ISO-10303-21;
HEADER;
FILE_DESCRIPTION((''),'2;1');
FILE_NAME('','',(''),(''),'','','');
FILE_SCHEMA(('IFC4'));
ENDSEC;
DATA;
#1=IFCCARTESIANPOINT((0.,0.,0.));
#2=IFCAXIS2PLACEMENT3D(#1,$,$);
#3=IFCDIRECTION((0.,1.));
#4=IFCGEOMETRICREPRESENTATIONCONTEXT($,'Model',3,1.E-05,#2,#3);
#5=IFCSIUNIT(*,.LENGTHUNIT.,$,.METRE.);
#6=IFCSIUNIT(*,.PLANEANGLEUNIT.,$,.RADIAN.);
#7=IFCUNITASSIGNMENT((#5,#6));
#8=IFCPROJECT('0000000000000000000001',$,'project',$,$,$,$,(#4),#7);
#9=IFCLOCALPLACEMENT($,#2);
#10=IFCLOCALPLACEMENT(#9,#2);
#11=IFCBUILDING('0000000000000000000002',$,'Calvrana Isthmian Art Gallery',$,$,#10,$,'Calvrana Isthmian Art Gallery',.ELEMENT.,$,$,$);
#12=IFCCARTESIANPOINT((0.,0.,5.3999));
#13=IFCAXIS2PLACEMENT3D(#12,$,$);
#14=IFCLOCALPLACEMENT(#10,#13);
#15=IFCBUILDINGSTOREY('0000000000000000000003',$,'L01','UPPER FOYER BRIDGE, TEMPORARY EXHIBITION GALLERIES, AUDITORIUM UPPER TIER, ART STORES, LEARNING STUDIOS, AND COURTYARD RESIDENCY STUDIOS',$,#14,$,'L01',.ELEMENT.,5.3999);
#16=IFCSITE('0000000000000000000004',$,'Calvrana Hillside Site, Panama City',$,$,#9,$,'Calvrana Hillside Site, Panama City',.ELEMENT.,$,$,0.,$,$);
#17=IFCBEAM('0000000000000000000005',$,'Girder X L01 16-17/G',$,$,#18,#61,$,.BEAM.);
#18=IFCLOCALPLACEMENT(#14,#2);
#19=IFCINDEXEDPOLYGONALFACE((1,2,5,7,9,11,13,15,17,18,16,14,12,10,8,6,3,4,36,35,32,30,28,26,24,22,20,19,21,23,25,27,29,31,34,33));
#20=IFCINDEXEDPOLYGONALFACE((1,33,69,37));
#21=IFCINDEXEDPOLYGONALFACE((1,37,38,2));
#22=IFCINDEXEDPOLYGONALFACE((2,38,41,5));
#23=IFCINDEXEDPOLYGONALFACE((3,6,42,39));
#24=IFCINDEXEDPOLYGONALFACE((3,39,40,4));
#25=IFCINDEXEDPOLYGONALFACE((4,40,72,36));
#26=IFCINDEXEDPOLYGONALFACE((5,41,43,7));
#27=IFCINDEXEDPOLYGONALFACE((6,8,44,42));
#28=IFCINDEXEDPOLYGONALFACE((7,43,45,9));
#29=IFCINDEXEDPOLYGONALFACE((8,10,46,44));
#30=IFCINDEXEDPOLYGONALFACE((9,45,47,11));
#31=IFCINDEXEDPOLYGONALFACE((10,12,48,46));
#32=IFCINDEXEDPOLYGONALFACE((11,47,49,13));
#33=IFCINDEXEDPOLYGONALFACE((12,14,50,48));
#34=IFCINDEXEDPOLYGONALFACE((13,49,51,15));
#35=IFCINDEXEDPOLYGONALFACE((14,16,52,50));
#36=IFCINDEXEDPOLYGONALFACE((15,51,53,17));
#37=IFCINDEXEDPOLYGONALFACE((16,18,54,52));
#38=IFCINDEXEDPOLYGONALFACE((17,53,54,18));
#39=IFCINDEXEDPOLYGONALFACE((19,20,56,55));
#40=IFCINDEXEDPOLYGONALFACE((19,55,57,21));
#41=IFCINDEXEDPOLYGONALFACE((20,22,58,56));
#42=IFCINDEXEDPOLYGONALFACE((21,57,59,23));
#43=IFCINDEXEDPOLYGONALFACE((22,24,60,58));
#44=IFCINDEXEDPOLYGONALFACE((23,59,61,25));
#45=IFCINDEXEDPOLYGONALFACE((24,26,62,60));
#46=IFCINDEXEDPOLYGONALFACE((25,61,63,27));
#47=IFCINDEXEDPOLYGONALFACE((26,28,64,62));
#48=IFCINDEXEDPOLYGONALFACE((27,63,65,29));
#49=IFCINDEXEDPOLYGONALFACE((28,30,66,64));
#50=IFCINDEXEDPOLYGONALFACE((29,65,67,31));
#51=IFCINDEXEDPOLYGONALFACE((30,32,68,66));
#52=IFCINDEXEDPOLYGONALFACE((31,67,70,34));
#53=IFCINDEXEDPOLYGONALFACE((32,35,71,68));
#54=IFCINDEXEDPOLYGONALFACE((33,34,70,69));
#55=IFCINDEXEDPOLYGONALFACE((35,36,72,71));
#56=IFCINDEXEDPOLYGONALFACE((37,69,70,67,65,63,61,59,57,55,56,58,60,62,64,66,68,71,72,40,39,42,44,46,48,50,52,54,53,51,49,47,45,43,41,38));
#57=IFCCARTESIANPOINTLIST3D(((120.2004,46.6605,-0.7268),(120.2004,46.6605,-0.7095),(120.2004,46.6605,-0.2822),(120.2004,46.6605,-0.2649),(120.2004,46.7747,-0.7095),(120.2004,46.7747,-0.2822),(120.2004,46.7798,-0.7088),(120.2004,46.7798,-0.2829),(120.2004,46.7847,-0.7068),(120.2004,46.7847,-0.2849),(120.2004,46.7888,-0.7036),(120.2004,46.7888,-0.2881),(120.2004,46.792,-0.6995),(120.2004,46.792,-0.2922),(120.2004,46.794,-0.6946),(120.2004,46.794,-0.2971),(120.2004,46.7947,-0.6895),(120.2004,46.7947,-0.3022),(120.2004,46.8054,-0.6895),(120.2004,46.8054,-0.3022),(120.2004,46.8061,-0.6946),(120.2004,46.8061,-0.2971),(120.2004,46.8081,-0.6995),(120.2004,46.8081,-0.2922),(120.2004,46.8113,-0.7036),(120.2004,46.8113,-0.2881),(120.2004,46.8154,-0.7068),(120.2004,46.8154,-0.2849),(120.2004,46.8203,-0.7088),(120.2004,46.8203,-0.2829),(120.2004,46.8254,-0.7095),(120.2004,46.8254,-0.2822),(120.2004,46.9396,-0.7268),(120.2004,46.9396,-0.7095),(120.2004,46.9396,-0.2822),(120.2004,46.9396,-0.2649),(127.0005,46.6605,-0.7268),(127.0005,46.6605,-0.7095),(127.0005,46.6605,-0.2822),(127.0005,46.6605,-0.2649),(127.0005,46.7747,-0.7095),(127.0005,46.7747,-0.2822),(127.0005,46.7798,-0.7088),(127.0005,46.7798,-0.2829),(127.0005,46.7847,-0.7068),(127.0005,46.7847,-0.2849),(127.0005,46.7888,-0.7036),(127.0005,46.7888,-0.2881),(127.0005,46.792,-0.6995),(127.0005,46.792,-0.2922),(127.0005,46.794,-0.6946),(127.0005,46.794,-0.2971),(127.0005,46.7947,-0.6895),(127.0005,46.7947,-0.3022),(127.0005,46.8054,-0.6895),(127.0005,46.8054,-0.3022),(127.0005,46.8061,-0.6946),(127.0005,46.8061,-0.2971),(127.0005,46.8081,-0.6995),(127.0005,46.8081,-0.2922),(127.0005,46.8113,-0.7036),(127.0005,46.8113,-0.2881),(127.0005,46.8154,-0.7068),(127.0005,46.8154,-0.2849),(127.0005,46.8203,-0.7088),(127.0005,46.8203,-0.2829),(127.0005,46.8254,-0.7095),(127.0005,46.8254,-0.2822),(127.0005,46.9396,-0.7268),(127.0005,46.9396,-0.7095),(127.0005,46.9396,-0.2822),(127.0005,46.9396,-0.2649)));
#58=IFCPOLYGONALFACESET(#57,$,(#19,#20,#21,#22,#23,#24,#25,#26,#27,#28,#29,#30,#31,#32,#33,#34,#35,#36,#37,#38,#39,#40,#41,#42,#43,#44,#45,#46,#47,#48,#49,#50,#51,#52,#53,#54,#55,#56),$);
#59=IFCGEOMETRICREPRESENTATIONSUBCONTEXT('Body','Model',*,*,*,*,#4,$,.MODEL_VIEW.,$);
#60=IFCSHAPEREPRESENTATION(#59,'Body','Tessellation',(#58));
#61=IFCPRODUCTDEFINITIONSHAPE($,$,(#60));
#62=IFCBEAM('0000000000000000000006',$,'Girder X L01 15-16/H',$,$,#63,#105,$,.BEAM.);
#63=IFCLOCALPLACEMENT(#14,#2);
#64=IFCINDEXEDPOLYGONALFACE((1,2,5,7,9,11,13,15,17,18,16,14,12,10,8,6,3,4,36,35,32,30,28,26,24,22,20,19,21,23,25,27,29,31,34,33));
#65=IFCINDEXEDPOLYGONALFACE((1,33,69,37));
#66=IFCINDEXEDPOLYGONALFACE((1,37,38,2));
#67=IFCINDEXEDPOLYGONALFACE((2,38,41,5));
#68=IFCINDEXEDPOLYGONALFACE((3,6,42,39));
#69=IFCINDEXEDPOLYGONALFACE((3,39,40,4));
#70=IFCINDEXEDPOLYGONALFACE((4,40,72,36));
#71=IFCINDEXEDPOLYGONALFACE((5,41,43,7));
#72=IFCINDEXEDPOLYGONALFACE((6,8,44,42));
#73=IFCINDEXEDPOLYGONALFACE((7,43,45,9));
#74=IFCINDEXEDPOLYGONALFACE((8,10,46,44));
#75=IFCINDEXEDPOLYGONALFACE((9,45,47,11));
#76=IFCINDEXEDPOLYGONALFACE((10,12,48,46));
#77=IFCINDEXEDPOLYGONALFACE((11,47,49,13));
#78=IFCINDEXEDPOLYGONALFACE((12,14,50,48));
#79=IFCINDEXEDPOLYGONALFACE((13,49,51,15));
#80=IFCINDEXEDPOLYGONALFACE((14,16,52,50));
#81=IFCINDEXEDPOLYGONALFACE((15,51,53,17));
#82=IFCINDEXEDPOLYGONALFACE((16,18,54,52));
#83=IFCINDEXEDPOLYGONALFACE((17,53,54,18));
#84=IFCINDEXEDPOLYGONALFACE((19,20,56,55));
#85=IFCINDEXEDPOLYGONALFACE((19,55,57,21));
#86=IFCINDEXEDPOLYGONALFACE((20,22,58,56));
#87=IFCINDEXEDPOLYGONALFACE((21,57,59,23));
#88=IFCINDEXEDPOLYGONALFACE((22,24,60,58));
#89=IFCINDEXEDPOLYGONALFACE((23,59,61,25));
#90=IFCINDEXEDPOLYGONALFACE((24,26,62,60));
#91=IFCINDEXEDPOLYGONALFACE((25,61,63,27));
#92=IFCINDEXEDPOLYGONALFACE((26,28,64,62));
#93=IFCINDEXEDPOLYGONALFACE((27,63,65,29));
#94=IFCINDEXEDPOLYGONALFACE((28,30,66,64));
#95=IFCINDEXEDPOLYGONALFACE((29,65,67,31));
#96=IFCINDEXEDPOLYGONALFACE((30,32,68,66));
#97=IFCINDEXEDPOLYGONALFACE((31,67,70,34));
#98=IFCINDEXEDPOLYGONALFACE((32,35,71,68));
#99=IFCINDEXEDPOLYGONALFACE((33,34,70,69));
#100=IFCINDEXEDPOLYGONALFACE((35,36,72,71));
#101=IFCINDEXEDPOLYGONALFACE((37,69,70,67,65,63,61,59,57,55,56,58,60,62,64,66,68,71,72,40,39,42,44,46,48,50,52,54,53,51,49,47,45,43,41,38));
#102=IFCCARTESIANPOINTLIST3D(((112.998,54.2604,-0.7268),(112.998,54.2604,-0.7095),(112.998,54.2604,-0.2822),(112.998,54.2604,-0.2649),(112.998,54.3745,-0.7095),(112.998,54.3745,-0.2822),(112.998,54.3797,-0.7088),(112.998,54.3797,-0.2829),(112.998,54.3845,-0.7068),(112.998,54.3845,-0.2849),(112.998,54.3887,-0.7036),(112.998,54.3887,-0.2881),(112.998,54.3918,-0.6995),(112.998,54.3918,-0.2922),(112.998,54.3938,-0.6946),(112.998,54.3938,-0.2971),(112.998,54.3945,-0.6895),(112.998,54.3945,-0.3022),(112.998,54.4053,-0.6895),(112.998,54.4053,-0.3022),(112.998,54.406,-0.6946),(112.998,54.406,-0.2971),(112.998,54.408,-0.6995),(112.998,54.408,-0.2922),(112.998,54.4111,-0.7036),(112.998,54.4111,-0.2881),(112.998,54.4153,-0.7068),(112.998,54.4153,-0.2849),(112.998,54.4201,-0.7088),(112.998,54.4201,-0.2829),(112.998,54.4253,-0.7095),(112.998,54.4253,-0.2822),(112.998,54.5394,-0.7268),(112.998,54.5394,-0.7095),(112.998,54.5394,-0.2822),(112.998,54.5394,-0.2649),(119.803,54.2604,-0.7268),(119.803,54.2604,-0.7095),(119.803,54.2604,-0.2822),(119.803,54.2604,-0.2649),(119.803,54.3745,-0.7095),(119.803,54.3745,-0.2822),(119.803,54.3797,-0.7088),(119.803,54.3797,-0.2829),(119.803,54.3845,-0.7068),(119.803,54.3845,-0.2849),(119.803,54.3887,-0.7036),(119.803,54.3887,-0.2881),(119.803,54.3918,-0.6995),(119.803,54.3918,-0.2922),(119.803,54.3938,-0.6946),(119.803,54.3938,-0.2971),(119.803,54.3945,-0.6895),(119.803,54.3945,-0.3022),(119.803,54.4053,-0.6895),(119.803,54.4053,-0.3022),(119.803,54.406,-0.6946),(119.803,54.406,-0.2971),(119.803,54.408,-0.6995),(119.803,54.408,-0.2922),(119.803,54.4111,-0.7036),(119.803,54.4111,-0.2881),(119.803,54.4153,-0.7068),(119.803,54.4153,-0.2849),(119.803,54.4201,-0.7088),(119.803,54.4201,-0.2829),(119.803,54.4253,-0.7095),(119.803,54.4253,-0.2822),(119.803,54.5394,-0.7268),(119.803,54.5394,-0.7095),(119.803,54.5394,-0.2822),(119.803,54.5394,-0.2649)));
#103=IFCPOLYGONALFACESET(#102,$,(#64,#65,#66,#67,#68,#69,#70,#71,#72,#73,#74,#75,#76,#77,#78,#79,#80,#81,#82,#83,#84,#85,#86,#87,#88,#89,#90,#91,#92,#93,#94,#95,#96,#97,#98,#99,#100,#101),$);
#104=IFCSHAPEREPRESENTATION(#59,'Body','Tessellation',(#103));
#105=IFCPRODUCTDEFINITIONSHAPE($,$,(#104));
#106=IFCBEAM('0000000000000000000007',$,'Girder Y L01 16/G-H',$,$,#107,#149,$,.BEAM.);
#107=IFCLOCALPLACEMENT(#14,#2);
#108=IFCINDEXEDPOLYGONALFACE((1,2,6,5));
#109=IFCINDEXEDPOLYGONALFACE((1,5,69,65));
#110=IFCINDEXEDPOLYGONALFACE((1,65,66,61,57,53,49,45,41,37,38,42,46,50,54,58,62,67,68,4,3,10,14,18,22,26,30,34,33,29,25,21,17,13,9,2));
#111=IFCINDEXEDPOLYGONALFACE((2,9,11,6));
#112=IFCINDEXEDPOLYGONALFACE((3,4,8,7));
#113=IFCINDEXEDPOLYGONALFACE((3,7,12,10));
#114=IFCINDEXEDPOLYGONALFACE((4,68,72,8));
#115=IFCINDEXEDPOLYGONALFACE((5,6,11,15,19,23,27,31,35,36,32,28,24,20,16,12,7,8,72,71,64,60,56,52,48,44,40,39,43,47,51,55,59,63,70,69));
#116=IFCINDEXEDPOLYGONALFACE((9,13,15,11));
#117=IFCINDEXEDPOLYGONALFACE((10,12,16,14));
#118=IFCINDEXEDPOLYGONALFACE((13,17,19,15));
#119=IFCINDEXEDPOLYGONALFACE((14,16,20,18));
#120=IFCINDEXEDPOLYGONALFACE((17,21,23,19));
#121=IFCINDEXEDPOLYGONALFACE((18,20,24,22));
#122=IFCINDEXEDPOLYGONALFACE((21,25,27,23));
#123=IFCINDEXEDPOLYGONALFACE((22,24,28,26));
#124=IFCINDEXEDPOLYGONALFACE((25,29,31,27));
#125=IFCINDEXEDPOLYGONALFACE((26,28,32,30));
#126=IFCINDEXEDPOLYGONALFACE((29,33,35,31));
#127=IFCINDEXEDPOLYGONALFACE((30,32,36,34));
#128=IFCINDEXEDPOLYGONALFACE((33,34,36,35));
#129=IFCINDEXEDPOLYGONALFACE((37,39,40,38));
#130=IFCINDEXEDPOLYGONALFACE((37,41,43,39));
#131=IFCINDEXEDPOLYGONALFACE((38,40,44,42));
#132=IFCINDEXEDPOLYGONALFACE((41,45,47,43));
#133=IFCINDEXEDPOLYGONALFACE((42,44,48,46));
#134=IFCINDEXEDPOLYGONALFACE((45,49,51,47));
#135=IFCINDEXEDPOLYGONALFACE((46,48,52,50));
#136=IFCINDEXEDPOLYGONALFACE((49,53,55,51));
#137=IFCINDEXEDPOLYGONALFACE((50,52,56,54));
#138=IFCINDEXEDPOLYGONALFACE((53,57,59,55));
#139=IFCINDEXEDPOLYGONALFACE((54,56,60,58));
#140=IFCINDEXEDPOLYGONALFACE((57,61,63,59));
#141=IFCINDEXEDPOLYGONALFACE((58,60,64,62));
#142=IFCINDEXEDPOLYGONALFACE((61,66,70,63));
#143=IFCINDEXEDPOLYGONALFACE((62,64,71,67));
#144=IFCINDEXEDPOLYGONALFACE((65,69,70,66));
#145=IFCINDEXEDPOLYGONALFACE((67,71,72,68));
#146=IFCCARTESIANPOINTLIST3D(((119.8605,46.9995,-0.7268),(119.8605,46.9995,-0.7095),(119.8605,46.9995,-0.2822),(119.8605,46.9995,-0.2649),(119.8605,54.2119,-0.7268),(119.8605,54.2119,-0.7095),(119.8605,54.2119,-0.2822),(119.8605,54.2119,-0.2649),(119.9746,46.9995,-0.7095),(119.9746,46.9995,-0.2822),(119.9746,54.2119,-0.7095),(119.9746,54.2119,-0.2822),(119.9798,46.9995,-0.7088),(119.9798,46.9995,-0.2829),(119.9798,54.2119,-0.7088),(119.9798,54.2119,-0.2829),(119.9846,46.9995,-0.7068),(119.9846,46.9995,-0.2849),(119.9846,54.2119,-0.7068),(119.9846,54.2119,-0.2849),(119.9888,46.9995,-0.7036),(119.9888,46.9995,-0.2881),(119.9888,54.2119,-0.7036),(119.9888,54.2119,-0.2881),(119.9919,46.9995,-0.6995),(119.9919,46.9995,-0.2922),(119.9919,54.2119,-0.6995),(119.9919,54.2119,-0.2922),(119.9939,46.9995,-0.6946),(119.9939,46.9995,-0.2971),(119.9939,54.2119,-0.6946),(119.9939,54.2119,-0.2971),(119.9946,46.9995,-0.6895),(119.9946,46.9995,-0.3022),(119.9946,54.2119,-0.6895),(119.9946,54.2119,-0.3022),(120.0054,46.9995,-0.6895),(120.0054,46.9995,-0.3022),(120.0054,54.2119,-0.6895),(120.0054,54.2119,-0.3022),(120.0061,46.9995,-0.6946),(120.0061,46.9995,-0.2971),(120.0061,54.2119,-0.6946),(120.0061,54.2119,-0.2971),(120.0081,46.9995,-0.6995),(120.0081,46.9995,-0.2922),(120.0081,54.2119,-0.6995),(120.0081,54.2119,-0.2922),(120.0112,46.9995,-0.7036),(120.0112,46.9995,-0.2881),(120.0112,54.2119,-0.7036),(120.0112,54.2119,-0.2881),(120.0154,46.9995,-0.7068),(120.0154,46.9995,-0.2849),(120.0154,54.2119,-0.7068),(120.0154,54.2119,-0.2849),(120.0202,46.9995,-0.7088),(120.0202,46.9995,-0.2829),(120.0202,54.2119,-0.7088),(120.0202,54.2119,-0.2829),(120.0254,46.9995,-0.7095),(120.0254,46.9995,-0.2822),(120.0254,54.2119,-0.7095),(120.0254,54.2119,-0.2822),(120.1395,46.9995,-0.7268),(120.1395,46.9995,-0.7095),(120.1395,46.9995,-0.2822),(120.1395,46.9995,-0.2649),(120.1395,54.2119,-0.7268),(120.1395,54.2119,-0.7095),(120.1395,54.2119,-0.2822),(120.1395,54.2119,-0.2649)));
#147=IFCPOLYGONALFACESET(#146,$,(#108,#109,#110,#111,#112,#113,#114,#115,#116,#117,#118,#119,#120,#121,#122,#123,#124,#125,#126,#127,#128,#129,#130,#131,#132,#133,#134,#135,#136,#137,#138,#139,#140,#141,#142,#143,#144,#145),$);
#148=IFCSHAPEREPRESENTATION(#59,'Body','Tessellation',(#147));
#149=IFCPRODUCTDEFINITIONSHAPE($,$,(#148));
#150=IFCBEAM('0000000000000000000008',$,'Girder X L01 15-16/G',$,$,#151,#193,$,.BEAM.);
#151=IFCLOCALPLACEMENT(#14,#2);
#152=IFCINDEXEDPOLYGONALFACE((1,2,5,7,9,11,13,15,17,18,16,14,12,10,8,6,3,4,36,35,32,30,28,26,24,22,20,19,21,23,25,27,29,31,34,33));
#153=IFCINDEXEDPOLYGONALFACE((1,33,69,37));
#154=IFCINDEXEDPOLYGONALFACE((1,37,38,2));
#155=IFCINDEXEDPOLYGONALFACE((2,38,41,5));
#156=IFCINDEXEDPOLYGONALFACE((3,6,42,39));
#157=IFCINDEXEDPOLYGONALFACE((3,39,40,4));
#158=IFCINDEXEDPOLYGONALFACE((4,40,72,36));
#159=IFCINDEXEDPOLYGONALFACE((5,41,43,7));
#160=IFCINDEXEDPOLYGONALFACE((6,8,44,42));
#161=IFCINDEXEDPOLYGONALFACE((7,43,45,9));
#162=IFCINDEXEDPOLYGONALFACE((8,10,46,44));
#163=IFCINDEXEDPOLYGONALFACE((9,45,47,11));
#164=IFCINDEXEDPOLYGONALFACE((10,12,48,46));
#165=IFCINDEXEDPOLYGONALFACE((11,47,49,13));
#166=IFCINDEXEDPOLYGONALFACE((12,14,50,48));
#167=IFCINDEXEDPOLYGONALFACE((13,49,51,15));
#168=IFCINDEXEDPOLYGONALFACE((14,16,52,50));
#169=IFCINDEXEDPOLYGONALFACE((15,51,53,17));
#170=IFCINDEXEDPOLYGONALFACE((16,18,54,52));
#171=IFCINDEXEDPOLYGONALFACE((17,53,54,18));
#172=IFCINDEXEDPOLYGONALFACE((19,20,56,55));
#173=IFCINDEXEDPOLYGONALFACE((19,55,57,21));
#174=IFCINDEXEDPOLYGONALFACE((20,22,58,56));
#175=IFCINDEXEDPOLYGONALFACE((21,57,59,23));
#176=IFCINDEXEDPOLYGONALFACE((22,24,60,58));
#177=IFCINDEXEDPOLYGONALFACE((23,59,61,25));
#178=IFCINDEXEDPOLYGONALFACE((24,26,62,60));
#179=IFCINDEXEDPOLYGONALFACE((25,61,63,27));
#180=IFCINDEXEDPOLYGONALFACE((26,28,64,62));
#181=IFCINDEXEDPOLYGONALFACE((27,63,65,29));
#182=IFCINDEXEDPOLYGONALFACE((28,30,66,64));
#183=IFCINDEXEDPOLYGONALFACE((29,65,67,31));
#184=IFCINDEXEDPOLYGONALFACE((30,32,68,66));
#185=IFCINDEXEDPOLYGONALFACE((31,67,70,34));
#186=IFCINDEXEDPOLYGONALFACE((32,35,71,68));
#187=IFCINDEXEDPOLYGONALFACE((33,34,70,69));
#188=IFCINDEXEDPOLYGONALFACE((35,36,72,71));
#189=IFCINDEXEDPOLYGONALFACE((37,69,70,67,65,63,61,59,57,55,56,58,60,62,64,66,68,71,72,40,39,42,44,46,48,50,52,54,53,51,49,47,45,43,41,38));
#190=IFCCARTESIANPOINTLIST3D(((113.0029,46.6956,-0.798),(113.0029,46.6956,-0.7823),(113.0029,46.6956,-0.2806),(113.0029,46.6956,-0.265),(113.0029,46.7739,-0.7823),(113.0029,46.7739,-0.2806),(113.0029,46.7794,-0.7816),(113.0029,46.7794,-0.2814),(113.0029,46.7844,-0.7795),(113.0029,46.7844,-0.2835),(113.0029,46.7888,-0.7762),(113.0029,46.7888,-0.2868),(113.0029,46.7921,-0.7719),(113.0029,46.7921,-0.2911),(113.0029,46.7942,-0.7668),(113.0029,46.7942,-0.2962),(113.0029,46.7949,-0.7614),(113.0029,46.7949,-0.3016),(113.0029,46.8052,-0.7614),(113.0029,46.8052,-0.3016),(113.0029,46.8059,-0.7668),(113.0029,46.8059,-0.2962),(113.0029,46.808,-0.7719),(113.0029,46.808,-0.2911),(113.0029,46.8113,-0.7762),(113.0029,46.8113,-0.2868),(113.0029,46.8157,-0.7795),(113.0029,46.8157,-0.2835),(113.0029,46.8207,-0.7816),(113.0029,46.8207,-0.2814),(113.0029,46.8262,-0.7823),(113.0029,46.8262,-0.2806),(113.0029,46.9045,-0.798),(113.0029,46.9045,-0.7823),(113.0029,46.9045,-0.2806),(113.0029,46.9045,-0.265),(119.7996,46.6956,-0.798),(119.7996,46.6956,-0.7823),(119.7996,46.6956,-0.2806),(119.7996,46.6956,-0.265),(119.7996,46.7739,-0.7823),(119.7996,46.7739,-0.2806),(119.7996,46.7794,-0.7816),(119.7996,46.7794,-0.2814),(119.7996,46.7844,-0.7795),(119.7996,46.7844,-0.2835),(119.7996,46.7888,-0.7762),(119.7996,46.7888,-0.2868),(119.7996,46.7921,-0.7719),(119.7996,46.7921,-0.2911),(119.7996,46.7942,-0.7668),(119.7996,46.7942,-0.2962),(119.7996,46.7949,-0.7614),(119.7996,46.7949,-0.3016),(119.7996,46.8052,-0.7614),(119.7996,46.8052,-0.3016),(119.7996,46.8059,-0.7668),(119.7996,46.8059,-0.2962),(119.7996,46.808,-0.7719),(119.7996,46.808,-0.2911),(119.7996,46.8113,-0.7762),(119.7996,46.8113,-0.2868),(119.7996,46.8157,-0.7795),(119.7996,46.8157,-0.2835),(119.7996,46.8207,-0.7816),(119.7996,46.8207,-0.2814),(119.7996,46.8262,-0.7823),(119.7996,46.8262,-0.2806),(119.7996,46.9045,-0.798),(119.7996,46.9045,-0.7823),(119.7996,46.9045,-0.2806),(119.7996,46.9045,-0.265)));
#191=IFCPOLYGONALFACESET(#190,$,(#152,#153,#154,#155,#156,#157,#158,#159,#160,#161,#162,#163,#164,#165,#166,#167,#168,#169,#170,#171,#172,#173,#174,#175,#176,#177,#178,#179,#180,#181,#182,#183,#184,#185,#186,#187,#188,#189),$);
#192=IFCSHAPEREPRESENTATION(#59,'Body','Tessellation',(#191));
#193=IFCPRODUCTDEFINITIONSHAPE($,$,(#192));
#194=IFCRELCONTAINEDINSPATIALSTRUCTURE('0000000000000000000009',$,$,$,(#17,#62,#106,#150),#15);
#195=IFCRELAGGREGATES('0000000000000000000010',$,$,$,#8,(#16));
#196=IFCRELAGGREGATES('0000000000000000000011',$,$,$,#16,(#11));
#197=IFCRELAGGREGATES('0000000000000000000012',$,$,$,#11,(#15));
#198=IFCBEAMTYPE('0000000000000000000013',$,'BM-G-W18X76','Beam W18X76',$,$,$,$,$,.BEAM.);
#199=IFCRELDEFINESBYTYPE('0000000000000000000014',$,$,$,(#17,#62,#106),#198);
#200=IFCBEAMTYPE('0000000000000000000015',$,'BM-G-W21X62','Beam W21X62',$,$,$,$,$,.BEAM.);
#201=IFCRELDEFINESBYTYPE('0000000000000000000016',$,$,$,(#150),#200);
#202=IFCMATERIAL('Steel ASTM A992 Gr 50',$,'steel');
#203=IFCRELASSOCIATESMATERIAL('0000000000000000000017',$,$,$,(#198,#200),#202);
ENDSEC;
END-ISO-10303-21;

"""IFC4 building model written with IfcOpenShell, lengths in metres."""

from ifc_helpers import new_model, si_unit, direction, frame, origin, origin_2d, place, context, subcontext, project, spatial, i_section, extrude, material, material_profile, profile_set, type_object, element, save


model = new_model("IFC4")

# Units and contexts
model_context = context("Model", 3, precision=1e-05, world=origin(), true_north=direction((0.0, 1.0)))
body_context = subcontext(model_context, "Body", "Model", "MODEL_VIEW")
ifc_project = project(units=[si_unit("LENGTHUNIT", "METRE"), si_unit("PLANEANGLEUNIT", "RADIAN")], contexts=[model_context])

# Site, building, storey
site_placement = place(None, origin())
site = spatial("IfcSite", under=ifc_project, at=site_placement, Name="Calvrana Hillside Site, Panama City", LongName="Calvrana Hillside Site, Panama City", CompositionType="ELEMENT", RefElevation=0.0)
building_placement = place(site_placement, origin())
building = spatial("IfcBuilding", under=site, at=building_placement, Name="Calvrana Isthmian Art Gallery", LongName="Calvrana Isthmian Art Gallery", CompositionType="ELEMENT")
storey_placement = place(building_placement, frame((0.0, 0.0, 5.3999)))
storey = spatial("IfcBuildingStorey", under=building, at=storey_placement, Name="L01", Description="UPPER FOYER BRIDGE, TEMPORARY EXHIBITION GALLERIES, AUDITORIUM UPPER TIER, ART STORES, LEARNING STUDIOS, AND COURTYARD RESIDENCY STUDIOS", LongName="L01", CompositionType="ELEMENT", Elevation=5.3999)

# Shared definitions
ifc_material_1 = material(Name="Steel ASTM A992 Gr 50", Category="steel")

# Beams
ifc_material_profile_1 = material_profile(ifc_material_1, i_section(OverallWidth=0.2791, OverallDepth=0.4619, WebThickness=0.0107, FlangeThickness=0.0173, FilletRadius=0.02, at=origin_2d()), Name="W18X76")
ifc_profile_set_1 = profile_set([ifc_material_profile_1], Name="Steel ASTM A992 Gr 50")
beam_type_1 = type_object("IfcBeamType", Name="BM-G-W18X76", Description="Beam W18X76", PredefinedType="BEAM", material=ifc_profile_set_1)
beam_1_placement = place(storey_placement, frame((120.2004, 46.8, -0.4958), z_axis=(1.0, 0.0, 0.0), x_axis=(0.0, 1.0, 0.0)))
element("IfcBeam", 1, at=beam_1_placement, inside=storey, type_object=beam_type_1, Name="Girder X L01 16-17/G", PredefinedType="BEAM", context=body_context, shape_type="SweptSolid", body=[
    extrude(i_section(OverallWidth=0.2791, OverallDepth=0.4619, WebThickness=0.0107, FlangeThickness=0.0173, FilletRadius=0.02, at=origin_2d()), origin(), (0.0, 0.0, 1.0), 6.8),
])
beam_2_placement = place(storey_placement, frame((112.998, 54.3999, -0.4958), z_axis=(1.0, 0.0, 0.0), x_axis=(0.0, 1.0, 0.0)))
element("IfcBeam", 2, at=beam_2_placement, inside=storey, type_object=beam_type_1, Name="Girder X L01 15-16/H", PredefinedType="BEAM", context=body_context, shape_type="SweptSolid", body=[
    extrude(i_section(OverallWidth=0.2791, OverallDepth=0.4619, WebThickness=0.0107, FlangeThickness=0.0173, FilletRadius=0.02, at=origin_2d()), origin(), (0.0, 0.0, 1.0), 6.8049),
])
beam_3_placement = place(storey_placement, frame((120.0, 46.9995, -0.4958), z_axis=(0.0, 1.0, 0.0), x_axis=(-1.0, 0.0, 0.0)))
element("IfcBeam", 3, at=beam_3_placement, inside=storey, type_object=beam_type_1, Name="Girder Y L01 16/G-H", PredefinedType="BEAM", context=body_context, shape_type="SweptSolid", body=[
    extrude(i_section(OverallWidth=0.2791, OverallDepth=0.4619, WebThickness=0.0107, FlangeThickness=0.0173, FilletRadius=0.02, at=origin_2d()), origin(), (0.0, 0.0, 1.0), 7.2124),
])
ifc_material_profile_2 = material_profile(ifc_material_1, i_section(OverallWidth=0.209, OverallDepth=0.533, WebThickness=0.0103, FlangeThickness=0.0156, FilletRadius=0.021, at=origin_2d()), Name="W21X62")
ifc_profile_set_2 = profile_set([ifc_material_profile_2], Name="Steel ASTM A992 Gr 50")
beam_type_2 = type_object("IfcBeamType", Name="BM-G-W21X62", Description="Beam W21X62", PredefinedType="BEAM", material=ifc_profile_set_2)
beam_4_placement = place(storey_placement, frame((113.0029, 46.8, -0.5315), z_axis=(1.0, 0.0, 0.0), x_axis=(0.0, 1.0, 0.0)))
element("IfcBeam", 4, at=beam_4_placement, inside=storey, type_object=beam_type_2, Name="Girder X L01 15-16/G", PredefinedType="BEAM", context=body_context, shape_type="SweptSolid", body=[
    extrude(i_section(OverallWidth=0.209, OverallDepth=0.533, WebThickness=0.0103, FlangeThickness=0.0156, FilletRadius=0.021, at=origin_2d()), origin(), (0.0, 0.0, 1.0), 6.7966),
])

save(model, "model.ifc")
